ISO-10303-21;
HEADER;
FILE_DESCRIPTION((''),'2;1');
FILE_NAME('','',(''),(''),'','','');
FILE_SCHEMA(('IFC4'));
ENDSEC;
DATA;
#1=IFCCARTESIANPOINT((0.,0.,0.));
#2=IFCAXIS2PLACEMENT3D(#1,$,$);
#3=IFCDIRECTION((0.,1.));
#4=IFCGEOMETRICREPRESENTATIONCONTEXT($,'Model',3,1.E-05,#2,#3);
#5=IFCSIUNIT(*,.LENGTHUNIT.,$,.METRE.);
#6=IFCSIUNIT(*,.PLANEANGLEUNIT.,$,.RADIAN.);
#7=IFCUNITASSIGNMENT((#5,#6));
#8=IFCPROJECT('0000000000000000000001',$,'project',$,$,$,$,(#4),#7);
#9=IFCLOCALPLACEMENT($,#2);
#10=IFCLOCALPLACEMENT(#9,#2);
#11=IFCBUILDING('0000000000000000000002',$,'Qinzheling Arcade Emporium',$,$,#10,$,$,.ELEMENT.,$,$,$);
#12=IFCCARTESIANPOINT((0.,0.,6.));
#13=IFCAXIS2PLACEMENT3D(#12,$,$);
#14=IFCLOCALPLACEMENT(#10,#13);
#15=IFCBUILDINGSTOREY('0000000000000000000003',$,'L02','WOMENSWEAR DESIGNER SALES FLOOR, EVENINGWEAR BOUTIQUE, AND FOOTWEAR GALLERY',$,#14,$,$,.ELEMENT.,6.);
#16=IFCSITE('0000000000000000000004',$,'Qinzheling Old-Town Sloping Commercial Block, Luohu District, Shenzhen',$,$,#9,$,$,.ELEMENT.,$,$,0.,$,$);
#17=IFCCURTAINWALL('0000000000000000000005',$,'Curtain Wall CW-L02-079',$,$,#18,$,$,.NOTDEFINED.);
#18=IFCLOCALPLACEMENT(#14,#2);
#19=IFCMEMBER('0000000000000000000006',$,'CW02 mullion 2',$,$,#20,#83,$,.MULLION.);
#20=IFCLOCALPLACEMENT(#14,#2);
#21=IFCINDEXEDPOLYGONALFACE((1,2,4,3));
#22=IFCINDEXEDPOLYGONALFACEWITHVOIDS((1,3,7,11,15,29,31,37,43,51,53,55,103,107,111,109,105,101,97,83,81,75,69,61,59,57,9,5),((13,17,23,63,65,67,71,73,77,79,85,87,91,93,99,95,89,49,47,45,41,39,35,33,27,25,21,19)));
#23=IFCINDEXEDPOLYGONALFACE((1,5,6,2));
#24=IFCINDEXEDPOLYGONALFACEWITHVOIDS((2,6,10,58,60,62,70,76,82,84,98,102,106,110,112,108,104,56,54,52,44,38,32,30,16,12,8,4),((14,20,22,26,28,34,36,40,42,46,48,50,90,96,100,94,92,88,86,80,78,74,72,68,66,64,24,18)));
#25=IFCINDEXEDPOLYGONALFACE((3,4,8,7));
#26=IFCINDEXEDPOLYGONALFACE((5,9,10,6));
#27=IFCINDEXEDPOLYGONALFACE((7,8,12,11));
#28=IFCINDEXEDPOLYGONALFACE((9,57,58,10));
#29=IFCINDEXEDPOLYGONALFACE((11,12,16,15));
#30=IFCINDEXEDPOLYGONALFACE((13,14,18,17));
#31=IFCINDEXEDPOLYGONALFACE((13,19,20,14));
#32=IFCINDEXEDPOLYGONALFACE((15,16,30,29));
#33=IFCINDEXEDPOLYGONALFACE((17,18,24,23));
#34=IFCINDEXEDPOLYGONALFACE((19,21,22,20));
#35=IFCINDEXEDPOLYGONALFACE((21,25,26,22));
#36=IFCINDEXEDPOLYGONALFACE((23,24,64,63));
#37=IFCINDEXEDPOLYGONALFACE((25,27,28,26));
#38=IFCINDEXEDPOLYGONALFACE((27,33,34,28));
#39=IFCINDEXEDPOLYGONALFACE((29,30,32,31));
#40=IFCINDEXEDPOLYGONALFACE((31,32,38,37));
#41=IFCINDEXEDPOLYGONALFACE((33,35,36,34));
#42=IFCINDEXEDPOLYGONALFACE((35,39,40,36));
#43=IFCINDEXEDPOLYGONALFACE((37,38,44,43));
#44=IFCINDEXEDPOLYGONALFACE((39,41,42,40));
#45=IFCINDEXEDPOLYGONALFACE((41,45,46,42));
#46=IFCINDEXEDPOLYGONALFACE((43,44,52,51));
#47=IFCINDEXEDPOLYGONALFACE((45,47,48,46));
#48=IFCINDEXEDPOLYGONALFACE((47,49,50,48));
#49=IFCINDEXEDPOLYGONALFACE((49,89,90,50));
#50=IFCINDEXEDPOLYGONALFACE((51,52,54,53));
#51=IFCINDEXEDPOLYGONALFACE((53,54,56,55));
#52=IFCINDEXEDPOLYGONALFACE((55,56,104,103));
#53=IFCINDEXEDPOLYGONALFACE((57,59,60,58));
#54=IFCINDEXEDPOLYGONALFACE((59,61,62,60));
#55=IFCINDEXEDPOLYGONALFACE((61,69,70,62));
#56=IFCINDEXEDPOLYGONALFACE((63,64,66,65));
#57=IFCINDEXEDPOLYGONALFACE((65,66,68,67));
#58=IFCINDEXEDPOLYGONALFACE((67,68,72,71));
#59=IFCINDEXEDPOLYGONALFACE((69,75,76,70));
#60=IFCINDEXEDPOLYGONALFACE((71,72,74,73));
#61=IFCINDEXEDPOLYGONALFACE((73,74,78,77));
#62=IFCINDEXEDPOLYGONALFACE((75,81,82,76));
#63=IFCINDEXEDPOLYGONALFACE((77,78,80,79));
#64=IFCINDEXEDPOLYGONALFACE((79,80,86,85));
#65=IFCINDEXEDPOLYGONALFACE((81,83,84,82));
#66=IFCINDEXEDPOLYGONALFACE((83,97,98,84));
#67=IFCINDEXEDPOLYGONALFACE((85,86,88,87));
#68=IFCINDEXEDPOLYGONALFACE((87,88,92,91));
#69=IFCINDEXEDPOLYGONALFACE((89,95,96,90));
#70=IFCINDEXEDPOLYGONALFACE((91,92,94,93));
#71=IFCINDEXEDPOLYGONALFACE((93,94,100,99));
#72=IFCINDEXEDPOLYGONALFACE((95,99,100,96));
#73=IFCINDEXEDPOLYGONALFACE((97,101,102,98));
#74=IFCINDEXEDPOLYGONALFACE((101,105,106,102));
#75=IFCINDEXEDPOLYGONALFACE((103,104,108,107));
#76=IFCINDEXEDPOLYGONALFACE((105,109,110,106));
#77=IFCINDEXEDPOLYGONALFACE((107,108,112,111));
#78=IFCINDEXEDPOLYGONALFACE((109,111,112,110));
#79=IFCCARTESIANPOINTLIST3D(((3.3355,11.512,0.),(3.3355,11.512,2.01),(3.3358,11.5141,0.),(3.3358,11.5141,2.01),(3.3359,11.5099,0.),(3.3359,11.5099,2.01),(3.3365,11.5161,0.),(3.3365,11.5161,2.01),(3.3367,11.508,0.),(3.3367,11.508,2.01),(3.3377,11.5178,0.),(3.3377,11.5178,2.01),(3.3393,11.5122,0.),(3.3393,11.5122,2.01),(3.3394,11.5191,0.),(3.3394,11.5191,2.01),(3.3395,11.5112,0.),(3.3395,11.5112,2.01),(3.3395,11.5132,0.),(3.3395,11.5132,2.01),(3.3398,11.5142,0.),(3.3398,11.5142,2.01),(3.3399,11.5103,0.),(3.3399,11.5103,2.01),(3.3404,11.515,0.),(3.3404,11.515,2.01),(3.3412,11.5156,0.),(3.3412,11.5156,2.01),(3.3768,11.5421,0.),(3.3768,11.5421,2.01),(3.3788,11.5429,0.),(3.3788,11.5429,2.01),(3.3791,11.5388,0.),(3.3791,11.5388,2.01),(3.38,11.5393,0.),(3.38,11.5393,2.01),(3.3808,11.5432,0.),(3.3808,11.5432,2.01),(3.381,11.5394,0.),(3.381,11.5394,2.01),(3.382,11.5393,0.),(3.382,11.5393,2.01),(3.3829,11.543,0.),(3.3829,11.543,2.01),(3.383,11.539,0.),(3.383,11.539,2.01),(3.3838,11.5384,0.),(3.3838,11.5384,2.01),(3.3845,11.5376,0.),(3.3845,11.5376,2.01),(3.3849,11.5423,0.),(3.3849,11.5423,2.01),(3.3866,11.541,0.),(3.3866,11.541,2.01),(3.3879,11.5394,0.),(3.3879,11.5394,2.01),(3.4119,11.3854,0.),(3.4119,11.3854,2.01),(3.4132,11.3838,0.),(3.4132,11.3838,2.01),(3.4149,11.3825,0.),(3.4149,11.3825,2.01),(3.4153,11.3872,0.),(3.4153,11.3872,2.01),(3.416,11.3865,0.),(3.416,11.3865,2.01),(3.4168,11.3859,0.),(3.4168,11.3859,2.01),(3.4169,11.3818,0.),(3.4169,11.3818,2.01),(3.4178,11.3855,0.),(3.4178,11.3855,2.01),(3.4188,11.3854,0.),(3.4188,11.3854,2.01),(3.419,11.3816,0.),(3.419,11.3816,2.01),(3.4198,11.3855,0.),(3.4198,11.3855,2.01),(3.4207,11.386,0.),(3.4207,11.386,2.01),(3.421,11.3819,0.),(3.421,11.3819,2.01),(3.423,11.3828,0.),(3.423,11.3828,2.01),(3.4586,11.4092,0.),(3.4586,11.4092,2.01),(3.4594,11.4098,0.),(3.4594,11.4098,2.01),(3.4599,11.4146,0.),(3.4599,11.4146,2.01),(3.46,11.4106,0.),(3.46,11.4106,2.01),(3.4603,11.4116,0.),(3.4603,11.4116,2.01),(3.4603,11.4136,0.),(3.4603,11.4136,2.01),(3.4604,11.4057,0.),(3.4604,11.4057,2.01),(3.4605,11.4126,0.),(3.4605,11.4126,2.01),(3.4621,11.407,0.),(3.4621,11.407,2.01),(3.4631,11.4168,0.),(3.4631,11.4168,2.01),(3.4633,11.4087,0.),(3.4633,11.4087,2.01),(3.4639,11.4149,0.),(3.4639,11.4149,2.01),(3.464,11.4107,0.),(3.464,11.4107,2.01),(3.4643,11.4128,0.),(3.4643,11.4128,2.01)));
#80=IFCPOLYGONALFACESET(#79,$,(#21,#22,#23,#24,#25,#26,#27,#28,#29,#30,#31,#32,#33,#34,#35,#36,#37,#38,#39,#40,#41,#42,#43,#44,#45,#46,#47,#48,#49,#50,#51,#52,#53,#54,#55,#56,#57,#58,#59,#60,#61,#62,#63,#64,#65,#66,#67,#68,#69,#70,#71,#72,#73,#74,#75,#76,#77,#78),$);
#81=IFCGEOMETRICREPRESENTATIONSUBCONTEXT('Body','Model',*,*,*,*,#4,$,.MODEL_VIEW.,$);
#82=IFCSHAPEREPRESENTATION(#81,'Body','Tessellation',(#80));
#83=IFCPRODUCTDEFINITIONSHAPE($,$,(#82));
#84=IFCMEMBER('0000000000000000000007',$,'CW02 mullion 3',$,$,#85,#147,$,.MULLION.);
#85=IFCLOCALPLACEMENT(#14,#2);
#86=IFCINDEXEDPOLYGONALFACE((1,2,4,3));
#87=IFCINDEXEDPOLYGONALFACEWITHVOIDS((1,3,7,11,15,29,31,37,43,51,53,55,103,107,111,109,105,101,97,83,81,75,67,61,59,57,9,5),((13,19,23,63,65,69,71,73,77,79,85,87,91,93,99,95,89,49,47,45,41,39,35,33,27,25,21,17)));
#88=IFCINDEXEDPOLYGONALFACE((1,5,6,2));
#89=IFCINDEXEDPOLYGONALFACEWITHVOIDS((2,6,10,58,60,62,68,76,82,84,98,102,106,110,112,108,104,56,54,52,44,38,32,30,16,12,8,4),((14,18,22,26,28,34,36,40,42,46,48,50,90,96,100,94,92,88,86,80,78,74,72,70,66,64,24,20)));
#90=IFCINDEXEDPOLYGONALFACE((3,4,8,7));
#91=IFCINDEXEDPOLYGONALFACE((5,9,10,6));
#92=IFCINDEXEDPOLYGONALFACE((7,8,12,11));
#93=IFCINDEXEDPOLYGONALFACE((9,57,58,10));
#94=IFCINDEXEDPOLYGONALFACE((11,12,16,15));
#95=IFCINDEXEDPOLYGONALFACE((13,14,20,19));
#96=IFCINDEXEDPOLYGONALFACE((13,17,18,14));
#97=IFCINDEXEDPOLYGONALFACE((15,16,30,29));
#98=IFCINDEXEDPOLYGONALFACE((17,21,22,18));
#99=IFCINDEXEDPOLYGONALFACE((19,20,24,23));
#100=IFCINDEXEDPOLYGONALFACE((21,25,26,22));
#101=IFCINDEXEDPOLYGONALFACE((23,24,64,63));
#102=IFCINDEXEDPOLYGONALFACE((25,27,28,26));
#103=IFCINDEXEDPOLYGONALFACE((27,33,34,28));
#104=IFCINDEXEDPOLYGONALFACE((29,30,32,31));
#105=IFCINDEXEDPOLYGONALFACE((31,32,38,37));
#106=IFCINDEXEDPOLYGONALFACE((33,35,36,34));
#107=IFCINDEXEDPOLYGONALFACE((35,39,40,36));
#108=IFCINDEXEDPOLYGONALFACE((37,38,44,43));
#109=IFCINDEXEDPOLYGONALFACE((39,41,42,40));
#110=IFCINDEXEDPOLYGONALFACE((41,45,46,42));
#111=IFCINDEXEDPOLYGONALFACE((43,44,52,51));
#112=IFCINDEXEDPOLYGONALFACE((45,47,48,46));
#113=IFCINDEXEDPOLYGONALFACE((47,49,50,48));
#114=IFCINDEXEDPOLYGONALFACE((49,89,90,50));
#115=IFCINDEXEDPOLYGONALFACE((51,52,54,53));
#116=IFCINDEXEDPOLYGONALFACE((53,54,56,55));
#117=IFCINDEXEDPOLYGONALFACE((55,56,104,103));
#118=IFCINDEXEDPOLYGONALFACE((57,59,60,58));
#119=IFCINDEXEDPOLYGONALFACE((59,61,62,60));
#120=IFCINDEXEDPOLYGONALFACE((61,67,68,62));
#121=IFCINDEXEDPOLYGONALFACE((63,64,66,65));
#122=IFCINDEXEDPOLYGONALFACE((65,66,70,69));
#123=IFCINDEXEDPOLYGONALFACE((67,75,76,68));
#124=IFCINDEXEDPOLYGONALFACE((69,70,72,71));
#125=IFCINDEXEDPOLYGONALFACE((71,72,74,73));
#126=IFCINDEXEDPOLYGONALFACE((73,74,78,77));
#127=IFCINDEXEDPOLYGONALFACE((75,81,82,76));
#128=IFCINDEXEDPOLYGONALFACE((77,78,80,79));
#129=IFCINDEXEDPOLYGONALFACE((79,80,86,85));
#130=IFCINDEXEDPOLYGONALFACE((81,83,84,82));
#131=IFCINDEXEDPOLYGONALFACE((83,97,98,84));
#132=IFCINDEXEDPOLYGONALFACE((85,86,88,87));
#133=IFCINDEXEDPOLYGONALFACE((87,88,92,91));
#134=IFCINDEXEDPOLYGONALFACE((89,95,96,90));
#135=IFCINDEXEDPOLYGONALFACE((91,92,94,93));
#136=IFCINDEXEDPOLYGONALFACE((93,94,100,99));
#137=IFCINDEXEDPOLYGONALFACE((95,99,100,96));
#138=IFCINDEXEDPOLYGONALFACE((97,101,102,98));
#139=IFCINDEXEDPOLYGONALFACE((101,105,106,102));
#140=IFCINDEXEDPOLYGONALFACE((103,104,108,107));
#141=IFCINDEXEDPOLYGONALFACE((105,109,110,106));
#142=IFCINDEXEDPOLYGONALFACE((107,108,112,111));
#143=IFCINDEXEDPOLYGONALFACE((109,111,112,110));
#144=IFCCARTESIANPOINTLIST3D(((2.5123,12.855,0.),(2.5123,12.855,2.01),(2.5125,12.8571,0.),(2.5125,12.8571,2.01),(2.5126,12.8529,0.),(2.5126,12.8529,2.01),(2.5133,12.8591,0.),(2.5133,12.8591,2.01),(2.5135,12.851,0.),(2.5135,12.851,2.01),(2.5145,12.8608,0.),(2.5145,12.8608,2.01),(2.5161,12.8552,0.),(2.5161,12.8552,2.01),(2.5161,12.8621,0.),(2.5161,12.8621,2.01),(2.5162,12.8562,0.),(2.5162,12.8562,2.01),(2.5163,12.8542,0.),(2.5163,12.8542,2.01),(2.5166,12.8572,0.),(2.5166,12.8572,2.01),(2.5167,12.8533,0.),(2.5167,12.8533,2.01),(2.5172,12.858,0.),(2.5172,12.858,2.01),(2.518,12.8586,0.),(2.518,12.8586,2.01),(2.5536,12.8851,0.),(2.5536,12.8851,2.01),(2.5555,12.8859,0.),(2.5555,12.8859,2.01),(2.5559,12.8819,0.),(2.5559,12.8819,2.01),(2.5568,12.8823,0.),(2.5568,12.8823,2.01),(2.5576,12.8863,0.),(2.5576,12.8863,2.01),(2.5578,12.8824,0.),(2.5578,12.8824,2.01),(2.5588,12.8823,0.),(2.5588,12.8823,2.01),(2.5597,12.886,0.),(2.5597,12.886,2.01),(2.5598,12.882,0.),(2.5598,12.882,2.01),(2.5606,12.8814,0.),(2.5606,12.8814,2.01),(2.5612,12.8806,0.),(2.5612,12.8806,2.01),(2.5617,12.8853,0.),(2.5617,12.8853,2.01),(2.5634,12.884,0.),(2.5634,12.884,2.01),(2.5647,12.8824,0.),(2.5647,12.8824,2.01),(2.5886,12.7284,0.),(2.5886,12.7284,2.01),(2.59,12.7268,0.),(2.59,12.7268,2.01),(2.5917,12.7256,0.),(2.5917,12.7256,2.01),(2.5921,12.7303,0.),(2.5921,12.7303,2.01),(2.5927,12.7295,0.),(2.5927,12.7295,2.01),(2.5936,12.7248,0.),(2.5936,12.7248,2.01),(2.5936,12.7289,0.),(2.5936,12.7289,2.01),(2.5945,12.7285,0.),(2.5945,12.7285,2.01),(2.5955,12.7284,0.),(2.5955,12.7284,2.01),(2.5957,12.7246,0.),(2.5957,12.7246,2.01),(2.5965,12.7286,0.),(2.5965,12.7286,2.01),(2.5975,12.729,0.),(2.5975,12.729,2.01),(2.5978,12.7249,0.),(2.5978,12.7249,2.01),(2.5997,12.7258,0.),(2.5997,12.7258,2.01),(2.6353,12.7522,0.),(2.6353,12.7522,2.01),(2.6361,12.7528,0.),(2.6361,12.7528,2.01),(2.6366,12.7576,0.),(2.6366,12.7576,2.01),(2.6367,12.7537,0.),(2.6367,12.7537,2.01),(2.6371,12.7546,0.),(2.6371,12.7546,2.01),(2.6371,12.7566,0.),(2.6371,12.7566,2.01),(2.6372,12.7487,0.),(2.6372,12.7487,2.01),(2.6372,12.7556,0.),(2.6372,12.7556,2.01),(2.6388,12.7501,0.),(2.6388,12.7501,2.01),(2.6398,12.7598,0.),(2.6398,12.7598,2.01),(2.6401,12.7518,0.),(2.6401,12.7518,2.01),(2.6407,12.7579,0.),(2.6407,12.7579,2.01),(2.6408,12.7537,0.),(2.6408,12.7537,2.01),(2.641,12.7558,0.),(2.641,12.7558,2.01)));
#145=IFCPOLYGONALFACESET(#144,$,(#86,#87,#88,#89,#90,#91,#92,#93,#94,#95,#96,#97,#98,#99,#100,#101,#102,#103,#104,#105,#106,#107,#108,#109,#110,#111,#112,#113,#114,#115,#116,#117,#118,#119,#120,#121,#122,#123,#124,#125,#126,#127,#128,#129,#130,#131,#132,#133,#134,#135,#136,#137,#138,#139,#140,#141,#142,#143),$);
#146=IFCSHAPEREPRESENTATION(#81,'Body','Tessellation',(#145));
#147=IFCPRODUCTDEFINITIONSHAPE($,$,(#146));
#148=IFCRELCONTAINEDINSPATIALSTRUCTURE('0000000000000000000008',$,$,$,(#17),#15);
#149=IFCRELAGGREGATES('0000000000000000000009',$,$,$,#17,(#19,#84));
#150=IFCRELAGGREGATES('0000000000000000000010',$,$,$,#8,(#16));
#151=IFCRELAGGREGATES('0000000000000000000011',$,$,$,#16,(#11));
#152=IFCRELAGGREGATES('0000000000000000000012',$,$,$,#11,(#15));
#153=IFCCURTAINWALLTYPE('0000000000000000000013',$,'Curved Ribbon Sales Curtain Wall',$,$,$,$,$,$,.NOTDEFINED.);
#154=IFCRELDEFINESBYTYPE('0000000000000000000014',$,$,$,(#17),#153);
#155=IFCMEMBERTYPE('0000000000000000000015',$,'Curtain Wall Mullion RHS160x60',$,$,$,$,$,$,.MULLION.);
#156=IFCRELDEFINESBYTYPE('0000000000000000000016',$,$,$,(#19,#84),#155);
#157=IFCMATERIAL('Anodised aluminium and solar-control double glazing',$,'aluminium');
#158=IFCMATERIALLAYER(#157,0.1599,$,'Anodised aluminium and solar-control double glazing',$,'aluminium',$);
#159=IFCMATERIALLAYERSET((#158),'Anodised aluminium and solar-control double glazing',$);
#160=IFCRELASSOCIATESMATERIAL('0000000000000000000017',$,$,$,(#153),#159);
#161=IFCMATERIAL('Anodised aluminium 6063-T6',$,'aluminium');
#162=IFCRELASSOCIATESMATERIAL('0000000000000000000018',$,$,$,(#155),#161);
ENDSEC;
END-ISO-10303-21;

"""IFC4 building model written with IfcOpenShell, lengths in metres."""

from ifc_helpers import new_model, si_unit, direction, frame, origin, origin_2d, place, context, subcontext, project, spatial, hollow_rectangle, extrude, material, layer, layer_set, material_profile, profile_set, type_object, element, aggregate, save


model = new_model("IFC4")

# Units and contexts
model_context = context("Model", 3, precision=1e-05, world=origin(), true_north=direction((0.0, 1.0)))
body_context = subcontext(model_context, "Body", "Model", "MODEL_VIEW")
ifc_project = project(units=[si_unit("LENGTHUNIT", "METRE"), si_unit("PLANEANGLEUNIT", "RADIAN")], contexts=[model_context])

# Site, building, storey
site_placement = place(None, origin())
site = spatial("IfcSite", under=ifc_project, at=site_placement, Name="Qinzheling Old-Town Sloping Commercial Block, Luohu District, Shenzhen", CompositionType="ELEMENT", RefElevation=0.0)
building_placement = place(site_placement, origin())
building = spatial("IfcBuilding", under=site, at=building_placement, Name="Qinzheling Arcade Emporium", CompositionType="ELEMENT")
storey_placement = place(building_placement, frame((0.0, 0.0, 6.0)))
storey = spatial("IfcBuildingStorey", under=building, at=storey_placement, Name="L02", Description="WOMENSWEAR DESIGNER SALES FLOOR, EVENINGWEAR BOUTIQUE, AND FOOTWEAR GALLERY", CompositionType="ELEMENT", Elevation=6.0)

# Curtain wall, members
ifc_material_1 = material(Name="Anodised aluminium and solar-control double glazing", Category="aluminium")
ifc_layer_1 = layer(ifc_material_1, 0.1599, Name="Anodised aluminium and solar-control double glazing", Category="aluminium")
ifc_layer_set_1 = layer_set([ifc_layer_1], Name="Anodised aluminium and solar-control double glazing")
curtain_wall_type = type_object("IfcCurtainWallType", Name="Curved Ribbon Sales Curtain Wall", PredefinedType="NOTDEFINED", material=ifc_layer_set_1)
curtain_wall_1_placement = place(storey_placement, origin())
curtain_wall_1 = element("IfcCurtainWall", 1, at=curtain_wall_1_placement, inside=storey, type_object=curtain_wall_type, Name="Curtain Wall CW-L02-079", PredefinedType="NOTDEFINED")
ifc_material_2 = material(Name="Anodised aluminium 6063-T6", Category="aluminium")
ifc_material_profile_1 = material_profile(ifc_material_2, hollow_rectangle(XDim=0.0601, YDim=0.1599, WallThickness=0.0039, InnerFilletRadius=0.0039, OuterFilletRadius=0.0081, at=origin_2d()), Name="RHS 160x60x4", Category="aluminium")
ifc_profile_set_1 = profile_set([ifc_material_profile_1], Name="Anodised aluminium 6063-T6")
member_type_1 = type_object("IfcMemberType", Name="Curtain Wall Mullion RHS160x60", PredefinedType="MULLION", material=ifc_profile_set_1)
member_1_placement = place(storey_placement, frame((3.3999, 11.4624, 0.0), z_axis=(0.0, 0.0, 1.0), x_axis=(-0.852534, -0.522672, 0.0)))
member_1 = element("IfcMember", 2, at=member_1_placement, type_object=member_type_1, Name="CW02 mullion 2", PredefinedType="MULLION", context=body_context, shape_type="SweptSolid", body=[
    extrude(hollow_rectangle(XDim=0.0601, YDim=0.1599, WallThickness=0.0039, InnerFilletRadius=0.0039, OuterFilletRadius=0.0081, at=origin_2d()), origin(), (0.0, 0.0, 1.0), 2.01),
])
member_2_placement = place(storey_placement, frame((2.5767, 12.8054, 0.0), z_axis=(0.0, 0.0, 1.0), x_axis=(-0.852534, -0.522672, 0.0)))
member_2 = element("IfcMember", 3, at=member_2_placement, type_object=member_type_1, Name="CW02 mullion 3", PredefinedType="MULLION", context=body_context, shape_type="SweptSolid", body=[
    extrude(hollow_rectangle(XDim=0.0601, YDim=0.1599, WallThickness=0.0039, InnerFilletRadius=0.0039, OuterFilletRadius=0.0081, at=origin_2d()), origin(), (0.0, 0.0, 1.0), 2.01),
])

aggregate(curtain_wall_1, [member_1, member_2])

save(model, "model.ifc")
